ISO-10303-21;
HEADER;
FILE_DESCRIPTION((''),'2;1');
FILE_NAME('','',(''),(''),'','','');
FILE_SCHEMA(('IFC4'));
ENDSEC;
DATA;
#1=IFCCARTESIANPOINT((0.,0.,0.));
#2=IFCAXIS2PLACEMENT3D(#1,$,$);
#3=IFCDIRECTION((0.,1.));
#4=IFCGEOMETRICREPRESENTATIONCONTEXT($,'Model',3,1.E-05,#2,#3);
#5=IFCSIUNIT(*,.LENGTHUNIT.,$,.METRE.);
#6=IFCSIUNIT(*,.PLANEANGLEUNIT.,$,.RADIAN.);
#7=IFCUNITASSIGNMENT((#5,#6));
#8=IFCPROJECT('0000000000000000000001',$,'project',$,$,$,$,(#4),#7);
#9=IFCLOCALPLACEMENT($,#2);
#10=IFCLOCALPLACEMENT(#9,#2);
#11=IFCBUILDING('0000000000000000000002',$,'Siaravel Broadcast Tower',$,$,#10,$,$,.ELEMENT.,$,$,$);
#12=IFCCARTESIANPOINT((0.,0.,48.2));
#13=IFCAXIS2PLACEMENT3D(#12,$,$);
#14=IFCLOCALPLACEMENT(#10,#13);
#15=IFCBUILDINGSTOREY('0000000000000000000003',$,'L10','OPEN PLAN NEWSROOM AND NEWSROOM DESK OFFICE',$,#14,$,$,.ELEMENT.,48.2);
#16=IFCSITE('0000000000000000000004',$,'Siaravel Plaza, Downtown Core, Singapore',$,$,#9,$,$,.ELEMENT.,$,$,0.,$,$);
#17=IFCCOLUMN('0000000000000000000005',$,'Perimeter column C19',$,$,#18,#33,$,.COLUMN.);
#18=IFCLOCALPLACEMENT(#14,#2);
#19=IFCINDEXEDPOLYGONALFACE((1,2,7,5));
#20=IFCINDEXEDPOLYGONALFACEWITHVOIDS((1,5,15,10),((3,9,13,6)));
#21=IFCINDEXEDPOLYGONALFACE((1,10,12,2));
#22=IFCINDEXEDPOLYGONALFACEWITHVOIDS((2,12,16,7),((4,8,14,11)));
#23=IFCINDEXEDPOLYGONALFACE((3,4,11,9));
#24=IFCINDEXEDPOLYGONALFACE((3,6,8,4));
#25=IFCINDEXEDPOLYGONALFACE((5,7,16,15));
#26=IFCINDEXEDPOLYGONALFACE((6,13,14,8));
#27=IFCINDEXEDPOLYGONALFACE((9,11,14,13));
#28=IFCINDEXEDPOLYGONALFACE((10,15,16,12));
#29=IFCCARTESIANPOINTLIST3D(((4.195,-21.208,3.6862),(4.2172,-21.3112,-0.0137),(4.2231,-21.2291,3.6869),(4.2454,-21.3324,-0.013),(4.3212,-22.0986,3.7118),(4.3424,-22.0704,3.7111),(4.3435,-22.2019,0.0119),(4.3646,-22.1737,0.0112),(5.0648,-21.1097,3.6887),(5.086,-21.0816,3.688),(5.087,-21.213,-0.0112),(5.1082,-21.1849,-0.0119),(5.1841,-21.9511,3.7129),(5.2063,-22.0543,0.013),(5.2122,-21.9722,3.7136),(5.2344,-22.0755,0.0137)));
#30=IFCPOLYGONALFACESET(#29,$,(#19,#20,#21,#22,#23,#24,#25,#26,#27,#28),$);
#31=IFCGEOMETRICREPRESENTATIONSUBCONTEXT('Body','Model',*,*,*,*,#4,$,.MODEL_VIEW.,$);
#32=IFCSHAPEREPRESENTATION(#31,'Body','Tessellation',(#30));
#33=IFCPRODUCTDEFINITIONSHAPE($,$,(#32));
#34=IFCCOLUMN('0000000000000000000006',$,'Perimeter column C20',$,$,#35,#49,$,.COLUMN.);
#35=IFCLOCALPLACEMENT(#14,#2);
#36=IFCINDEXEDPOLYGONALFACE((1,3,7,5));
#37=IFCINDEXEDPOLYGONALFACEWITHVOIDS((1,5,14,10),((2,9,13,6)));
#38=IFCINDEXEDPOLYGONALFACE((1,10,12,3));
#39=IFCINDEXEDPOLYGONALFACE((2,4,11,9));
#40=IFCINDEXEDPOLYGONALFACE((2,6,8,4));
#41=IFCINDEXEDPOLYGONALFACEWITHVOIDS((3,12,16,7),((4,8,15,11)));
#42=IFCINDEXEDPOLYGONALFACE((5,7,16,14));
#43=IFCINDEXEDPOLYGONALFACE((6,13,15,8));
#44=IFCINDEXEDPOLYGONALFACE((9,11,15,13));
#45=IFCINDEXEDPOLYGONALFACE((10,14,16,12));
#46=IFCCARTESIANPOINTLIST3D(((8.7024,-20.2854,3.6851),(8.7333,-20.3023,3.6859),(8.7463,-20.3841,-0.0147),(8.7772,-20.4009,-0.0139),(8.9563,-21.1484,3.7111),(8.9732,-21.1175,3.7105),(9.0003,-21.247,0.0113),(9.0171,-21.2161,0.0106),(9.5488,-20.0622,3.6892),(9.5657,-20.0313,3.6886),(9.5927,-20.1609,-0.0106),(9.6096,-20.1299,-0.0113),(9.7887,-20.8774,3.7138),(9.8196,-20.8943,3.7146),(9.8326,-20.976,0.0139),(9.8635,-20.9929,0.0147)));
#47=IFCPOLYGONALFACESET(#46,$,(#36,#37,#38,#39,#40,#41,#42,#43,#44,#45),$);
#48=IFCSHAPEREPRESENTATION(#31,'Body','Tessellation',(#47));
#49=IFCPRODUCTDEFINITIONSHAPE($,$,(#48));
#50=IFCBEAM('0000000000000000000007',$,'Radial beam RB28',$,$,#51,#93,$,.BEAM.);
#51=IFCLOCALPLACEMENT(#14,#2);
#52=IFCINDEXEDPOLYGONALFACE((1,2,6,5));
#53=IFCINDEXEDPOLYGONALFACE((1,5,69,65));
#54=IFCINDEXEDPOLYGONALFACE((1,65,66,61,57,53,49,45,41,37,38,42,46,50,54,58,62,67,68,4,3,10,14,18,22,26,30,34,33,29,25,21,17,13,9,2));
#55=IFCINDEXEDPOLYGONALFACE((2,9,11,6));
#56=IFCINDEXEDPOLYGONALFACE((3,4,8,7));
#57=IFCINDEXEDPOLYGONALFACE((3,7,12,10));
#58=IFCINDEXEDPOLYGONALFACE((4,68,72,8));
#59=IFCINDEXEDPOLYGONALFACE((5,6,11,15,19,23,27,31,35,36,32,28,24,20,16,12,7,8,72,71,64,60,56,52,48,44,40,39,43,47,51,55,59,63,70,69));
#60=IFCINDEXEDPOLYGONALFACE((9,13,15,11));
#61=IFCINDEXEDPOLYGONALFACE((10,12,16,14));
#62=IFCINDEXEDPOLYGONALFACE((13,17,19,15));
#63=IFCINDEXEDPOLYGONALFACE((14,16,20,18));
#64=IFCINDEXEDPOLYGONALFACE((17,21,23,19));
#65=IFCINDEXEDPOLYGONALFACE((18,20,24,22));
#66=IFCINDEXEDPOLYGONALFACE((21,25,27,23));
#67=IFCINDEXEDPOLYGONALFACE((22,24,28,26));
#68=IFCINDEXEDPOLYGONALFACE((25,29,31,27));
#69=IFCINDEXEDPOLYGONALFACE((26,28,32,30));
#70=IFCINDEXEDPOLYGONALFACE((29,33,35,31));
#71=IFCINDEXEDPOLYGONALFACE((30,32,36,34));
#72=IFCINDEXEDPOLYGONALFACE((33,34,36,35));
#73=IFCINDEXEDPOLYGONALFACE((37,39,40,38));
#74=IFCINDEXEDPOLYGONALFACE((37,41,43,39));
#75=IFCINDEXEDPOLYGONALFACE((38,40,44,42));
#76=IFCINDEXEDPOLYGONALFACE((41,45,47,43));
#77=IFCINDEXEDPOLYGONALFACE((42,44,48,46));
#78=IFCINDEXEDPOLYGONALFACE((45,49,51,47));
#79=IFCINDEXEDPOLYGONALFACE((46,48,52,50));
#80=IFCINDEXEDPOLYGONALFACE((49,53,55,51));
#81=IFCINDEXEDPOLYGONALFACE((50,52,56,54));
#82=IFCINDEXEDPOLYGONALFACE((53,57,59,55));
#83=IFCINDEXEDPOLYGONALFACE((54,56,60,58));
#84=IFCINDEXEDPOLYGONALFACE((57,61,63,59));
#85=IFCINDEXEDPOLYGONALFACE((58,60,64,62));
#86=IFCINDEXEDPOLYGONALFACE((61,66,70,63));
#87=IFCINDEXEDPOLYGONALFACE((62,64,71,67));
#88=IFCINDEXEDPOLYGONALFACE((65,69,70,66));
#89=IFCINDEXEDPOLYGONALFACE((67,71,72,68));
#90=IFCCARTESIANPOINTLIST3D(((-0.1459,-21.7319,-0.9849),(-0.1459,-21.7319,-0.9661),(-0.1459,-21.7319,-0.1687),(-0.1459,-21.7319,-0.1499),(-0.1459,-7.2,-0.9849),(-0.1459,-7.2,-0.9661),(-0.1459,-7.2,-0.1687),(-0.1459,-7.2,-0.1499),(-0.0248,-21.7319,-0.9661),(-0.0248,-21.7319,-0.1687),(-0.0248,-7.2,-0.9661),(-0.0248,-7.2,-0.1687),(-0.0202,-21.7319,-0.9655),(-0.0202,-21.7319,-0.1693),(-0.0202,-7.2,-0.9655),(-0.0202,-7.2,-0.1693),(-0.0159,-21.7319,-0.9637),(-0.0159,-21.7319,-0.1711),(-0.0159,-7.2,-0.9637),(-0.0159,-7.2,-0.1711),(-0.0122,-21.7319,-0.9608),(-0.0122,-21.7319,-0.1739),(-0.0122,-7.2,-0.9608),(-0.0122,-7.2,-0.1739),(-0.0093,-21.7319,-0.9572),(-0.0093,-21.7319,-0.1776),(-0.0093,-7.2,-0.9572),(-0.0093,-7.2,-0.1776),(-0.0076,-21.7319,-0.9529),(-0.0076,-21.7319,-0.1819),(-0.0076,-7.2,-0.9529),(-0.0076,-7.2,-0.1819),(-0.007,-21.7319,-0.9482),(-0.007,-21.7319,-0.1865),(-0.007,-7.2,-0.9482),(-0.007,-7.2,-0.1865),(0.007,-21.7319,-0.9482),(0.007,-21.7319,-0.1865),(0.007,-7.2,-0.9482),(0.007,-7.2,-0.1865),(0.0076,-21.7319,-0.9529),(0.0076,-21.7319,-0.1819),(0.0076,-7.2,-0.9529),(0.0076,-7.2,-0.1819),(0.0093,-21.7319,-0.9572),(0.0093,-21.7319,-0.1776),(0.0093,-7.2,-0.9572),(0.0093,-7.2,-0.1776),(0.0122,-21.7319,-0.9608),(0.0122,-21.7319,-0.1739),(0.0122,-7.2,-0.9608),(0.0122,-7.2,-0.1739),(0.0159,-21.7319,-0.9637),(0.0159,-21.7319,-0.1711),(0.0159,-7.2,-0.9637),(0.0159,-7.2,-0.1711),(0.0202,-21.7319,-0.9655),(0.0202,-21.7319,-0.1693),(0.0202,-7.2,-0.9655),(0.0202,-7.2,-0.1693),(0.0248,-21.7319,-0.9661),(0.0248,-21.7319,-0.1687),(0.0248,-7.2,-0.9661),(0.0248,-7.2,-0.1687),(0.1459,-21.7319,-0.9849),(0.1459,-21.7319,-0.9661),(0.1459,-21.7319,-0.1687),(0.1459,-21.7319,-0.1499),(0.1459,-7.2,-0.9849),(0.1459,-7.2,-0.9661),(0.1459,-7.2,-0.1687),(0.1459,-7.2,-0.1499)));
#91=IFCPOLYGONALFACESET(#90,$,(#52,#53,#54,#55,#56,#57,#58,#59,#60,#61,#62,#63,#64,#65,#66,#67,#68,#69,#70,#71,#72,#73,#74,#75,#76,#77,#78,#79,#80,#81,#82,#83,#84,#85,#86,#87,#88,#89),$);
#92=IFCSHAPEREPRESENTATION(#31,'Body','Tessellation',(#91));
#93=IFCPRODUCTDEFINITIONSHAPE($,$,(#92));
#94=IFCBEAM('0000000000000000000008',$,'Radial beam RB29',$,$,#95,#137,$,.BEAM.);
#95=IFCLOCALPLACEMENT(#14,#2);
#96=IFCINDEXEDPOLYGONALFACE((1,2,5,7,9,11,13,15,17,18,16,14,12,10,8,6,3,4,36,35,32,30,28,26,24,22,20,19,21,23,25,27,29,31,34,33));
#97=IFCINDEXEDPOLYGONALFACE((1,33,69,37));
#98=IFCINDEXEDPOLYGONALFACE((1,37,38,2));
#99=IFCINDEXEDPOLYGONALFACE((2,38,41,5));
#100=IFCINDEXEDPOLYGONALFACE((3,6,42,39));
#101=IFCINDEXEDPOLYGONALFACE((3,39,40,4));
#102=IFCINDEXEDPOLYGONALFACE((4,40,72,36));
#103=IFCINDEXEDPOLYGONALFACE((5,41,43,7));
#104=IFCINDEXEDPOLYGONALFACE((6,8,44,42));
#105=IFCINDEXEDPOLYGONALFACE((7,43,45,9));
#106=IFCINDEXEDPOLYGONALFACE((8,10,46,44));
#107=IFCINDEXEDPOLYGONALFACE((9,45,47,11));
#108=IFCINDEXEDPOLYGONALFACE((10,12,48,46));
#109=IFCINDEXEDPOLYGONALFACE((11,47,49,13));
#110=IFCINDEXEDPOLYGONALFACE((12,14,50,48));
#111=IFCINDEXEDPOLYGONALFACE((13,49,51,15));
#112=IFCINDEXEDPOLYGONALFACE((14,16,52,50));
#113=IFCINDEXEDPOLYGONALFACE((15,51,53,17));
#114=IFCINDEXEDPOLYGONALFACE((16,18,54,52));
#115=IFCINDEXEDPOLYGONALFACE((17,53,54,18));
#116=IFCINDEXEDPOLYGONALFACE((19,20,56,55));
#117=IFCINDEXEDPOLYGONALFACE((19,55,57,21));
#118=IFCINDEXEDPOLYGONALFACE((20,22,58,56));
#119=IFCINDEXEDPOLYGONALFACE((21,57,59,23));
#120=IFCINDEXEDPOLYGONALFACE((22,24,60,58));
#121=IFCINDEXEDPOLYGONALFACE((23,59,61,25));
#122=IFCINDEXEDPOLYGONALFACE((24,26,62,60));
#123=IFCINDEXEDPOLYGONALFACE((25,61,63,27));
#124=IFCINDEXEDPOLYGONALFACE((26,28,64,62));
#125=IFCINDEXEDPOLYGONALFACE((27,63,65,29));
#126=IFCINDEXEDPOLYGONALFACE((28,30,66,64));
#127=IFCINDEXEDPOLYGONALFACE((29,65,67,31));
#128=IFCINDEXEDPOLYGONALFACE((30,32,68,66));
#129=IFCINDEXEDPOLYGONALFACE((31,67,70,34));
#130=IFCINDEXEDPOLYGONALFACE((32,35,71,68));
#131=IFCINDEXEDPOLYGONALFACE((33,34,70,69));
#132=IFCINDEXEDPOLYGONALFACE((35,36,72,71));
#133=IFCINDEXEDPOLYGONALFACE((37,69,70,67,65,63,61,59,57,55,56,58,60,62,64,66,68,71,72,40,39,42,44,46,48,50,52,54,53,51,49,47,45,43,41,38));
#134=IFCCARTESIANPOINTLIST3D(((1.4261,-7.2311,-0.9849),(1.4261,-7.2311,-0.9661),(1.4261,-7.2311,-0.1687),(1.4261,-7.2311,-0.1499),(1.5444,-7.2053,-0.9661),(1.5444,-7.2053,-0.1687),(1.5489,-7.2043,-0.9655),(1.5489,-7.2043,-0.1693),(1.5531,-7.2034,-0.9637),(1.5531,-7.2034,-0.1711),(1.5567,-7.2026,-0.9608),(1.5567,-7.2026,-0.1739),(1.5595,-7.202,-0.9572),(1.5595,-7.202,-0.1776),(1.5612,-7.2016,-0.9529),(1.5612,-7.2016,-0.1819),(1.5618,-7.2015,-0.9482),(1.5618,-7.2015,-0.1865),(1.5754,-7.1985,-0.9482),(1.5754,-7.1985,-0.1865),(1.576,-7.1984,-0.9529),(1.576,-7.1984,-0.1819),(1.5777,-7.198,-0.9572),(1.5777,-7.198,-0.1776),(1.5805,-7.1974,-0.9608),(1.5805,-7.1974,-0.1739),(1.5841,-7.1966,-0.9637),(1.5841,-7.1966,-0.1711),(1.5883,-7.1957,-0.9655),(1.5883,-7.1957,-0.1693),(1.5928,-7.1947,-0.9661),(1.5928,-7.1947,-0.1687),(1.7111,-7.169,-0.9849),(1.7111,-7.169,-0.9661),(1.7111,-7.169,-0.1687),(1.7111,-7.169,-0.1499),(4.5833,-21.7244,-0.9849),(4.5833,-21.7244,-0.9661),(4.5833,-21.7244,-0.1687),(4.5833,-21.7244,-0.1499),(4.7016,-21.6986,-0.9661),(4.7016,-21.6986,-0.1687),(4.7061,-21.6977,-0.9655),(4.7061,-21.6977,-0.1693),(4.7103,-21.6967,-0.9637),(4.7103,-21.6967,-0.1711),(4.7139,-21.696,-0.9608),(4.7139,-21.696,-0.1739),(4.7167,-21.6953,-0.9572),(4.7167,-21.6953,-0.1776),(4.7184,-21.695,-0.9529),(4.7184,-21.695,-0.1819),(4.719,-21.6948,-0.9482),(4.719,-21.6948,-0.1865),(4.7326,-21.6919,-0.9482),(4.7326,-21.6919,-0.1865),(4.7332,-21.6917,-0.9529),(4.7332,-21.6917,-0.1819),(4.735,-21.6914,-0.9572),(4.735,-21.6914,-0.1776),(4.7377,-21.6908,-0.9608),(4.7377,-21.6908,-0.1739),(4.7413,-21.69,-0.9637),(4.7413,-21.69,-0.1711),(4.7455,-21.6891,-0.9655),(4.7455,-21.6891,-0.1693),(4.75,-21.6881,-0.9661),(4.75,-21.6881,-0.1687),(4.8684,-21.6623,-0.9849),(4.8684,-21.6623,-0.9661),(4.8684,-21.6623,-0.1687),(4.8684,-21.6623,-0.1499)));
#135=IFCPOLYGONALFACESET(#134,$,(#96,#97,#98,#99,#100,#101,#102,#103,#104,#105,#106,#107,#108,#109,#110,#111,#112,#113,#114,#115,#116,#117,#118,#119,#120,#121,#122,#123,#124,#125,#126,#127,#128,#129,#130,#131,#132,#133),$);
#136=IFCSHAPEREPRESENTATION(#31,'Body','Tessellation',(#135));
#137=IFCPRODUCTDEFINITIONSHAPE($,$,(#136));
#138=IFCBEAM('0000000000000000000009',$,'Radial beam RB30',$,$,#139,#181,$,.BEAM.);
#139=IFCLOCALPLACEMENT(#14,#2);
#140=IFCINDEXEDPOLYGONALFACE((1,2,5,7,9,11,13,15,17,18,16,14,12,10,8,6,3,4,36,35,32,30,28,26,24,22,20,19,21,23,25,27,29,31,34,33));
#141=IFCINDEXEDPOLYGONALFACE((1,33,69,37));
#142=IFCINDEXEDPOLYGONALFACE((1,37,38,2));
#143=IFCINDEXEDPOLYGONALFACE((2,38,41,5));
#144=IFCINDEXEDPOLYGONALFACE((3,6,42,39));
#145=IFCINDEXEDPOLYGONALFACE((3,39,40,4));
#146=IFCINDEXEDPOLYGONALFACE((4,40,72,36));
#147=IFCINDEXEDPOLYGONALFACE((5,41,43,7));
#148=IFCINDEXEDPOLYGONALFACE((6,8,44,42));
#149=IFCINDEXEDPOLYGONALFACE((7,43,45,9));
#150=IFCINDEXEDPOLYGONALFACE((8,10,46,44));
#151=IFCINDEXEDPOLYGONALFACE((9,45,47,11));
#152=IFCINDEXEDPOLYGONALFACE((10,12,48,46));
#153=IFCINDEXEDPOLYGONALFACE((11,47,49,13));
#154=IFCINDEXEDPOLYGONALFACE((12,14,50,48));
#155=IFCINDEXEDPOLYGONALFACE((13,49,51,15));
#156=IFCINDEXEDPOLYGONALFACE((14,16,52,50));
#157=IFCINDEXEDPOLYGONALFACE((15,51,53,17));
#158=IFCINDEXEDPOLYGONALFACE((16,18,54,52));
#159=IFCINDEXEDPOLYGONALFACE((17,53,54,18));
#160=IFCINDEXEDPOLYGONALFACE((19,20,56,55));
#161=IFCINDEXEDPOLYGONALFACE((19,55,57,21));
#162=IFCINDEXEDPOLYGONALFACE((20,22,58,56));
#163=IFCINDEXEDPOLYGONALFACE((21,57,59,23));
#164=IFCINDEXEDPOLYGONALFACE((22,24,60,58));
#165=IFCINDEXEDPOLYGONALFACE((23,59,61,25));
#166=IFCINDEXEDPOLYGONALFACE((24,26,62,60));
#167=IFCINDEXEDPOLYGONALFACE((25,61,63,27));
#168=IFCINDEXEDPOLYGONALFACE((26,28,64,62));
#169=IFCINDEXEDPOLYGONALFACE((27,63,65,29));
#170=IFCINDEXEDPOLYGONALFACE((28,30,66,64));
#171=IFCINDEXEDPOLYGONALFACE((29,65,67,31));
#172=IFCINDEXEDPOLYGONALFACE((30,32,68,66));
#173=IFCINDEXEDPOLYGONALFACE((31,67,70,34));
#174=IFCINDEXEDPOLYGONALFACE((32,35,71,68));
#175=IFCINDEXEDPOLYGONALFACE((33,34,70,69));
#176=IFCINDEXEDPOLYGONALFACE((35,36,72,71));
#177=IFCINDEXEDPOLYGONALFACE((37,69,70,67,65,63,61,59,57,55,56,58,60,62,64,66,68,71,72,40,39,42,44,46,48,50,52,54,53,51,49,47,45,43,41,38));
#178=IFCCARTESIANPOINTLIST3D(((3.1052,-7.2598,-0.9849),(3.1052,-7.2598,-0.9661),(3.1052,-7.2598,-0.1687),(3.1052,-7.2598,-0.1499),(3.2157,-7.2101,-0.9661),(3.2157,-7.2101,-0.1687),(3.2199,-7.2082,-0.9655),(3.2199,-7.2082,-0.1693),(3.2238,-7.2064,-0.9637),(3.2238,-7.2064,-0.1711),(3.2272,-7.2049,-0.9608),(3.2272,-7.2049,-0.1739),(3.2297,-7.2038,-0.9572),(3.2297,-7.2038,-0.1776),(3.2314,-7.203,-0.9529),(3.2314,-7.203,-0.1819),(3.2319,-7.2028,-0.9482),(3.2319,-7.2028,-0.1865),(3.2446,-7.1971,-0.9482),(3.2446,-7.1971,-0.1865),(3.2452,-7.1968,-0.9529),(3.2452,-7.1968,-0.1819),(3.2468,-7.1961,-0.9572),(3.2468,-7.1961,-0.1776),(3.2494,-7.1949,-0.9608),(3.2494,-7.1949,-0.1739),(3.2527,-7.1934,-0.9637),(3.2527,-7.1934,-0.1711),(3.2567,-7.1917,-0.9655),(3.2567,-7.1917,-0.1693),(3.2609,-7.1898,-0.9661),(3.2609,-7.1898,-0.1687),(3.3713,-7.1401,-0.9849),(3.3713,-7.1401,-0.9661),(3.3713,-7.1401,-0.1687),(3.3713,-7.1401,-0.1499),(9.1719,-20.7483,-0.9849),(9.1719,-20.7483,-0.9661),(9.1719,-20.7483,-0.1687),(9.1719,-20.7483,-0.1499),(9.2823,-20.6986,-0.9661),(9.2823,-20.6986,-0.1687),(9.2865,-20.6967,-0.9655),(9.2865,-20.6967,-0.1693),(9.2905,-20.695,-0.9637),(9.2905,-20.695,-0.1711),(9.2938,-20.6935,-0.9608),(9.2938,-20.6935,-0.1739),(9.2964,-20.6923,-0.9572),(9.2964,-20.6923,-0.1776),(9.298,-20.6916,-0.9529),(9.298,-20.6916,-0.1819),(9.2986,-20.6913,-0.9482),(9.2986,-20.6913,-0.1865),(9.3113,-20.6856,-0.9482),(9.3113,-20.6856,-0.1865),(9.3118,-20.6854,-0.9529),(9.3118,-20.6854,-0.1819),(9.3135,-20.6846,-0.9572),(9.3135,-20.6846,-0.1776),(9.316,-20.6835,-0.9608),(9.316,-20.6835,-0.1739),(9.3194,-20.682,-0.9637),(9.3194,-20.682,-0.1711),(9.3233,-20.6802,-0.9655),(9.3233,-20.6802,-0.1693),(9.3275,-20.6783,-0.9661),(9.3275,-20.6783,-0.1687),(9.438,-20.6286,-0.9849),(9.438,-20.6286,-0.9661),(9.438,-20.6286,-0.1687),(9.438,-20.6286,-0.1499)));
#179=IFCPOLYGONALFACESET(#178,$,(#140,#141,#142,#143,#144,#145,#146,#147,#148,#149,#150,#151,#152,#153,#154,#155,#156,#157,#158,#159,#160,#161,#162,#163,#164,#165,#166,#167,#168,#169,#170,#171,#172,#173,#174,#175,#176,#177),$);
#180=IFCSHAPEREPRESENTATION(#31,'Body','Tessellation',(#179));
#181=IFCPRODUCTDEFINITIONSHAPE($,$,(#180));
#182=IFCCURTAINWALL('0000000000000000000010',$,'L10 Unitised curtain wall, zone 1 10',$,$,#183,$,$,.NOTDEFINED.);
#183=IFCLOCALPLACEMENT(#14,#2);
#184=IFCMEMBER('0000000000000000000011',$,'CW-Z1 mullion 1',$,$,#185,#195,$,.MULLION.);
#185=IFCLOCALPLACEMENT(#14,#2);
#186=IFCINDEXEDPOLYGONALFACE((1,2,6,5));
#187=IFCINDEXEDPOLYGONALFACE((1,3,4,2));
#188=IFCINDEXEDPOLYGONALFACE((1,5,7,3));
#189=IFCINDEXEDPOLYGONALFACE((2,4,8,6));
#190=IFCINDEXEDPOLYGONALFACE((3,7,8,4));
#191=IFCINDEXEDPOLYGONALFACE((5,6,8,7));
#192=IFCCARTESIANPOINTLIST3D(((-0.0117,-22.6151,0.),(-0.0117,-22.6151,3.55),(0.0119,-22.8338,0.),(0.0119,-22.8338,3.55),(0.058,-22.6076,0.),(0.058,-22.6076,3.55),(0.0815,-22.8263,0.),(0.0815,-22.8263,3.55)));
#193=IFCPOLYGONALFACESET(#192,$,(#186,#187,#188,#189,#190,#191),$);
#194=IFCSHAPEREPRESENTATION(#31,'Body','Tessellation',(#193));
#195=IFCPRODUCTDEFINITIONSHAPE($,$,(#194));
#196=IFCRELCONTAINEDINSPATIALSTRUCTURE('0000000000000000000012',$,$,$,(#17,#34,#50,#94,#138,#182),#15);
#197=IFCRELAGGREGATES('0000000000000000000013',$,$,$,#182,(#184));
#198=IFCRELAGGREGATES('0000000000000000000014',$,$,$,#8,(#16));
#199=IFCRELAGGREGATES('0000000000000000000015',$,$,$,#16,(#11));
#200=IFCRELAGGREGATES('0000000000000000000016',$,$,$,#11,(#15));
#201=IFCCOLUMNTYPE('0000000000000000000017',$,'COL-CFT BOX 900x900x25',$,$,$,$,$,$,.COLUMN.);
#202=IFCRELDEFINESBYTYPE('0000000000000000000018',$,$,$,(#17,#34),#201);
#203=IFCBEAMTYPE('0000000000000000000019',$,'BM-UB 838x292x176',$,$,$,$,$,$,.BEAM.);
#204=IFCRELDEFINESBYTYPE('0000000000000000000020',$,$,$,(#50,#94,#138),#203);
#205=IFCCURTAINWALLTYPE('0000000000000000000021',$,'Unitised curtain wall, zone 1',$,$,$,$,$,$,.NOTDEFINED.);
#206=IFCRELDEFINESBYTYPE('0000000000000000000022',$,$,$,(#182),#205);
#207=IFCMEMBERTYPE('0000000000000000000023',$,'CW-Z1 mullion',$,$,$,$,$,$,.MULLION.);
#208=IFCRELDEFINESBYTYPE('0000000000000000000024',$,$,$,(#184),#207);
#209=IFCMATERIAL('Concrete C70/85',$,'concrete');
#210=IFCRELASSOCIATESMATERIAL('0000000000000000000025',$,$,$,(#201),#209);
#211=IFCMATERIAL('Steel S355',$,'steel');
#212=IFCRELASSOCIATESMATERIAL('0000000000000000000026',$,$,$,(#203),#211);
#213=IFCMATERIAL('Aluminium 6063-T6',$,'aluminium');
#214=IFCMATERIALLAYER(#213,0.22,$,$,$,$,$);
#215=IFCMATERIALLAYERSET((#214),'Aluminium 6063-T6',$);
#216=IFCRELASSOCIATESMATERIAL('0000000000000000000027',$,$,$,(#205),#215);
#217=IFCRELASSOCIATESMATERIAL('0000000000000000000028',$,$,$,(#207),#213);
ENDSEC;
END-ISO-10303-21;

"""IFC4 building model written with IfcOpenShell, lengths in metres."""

from ifc_helpers import new_model, si_unit, direction, frame, origin, origin_2d, place, context, subcontext, project, spatial, rectangle, hollow_rectangle, i_section, extrude, material, layer, layer_set, material_profile, profile_set, type_object, element, aggregate, save


model = new_model("IFC4")

# Units and contexts
model_context = context("Model", 3, precision=1e-05, world=origin(), true_north=direction((0.0, 1.0)))
body_context = subcontext(model_context, "Body", "Model", "MODEL_VIEW")
ifc_project = project(units=[si_unit("LENGTHUNIT", "METRE"), si_unit("PLANEANGLEUNIT", "RADIAN")], contexts=[model_context])

# Site, building, storey
site_placement = place(None, origin())
site = spatial("IfcSite", under=ifc_project, at=site_placement, Name="Siaravel Plaza, Downtown Core, Singapore", CompositionType="ELEMENT", RefElevation=0.0)
building_placement = place(site_placement, origin())
building = spatial("IfcBuilding", under=site, at=building_placement, Name="Siaravel Broadcast Tower", CompositionType="ELEMENT")
storey_placement = place(building_placement, frame((0.0, 0.0, 48.2)))
storey = spatial("IfcBuildingStorey", under=building, at=storey_placement, Name="L10", Description="OPEN PLAN NEWSROOM AND NEWSROOM DESK OFFICE", CompositionType="ELEMENT", Elevation=48.2)

# Columns
ifc_material_1 = material(Name="Concrete C70/85", Category="concrete")
ifc_material_profile_1 = material_profile(ifc_material_1, hollow_rectangle(XDim=0.8999, YDim=0.8999, WallThickness=0.0249, at=origin_2d()))
ifc_profile_set_1 = profile_set([ifc_material_profile_1], Name="Concrete C70/85")
column_type = type_object("IfcColumnType", Name="COL-CFT BOX 900x900x25", PredefinedType="COLUMN", material=ifc_profile_set_1)
for number, where, z_axis, x_axis, name in (
    (1, (4.7258, -21.6934, 0.0), (-0.006002, 0.0279, 0.999593), (-0.990091, -0.140411, -0.002026), "Perimeter column C19"),
    (2, (9.3049, -20.6885, 0.0), (-0.011872, 0.026647, 0.999574), (-0.959291, -0.282395, -0.003866), "Perimeter column C20"),
):
    element("IfcColumn", number, at=place(storey_placement, frame(where, z_axis=z_axis, x_axis=x_axis)), inside=storey, type_object=column_type, Name=name, PredefinedType="COLUMN", context=body_context, shape_type="SweptSolid", body=[
        extrude(hollow_rectangle(XDim=0.8999, YDim=0.8999, WallThickness=0.0249, at=origin_2d()), origin(), (0.0, 0.0, 1.0), 3.7014),
    ])

# Beams
ifc_material_2 = material(Name="Steel S355", Category="steel")
ifc_material_profile_2 = material_profile(ifc_material_2, i_section(OverallWidth=0.2917, OverallDepth=0.835, WebThickness=0.0139, FlangeThickness=0.0188, FilletRadius=0.0178, at=origin_2d()))
ifc_profile_set_2 = profile_set([ifc_material_profile_2], Name="Steel S355")
beam_type = type_object("IfcBeamType", Name="BM-UB 838x292x176", PredefinedType="BEAM", material=ifc_profile_set_2)
beam_1_placement = place(storey_placement, frame((0.0, -21.7319, -0.5674), z_axis=(0.0, 1.0, 0.0), x_axis=(-1.0, 0.0, 0.0)))
element("IfcBeam", 3, at=beam_1_placement, inside=storey, type_object=beam_type, Name="Radial beam RB28", PredefinedType="BEAM", context=body_context, shape_type="SweptSolid", body=[
    extrude(i_section(OverallWidth=0.2917, OverallDepth=0.835, WebThickness=0.0139, FlangeThickness=0.0188, FilletRadius=0.0178, at=origin_2d()), origin(), (0.0, 0.0, 1.0), 14.532),
])
beam_2_placement = place(storey_placement, frame((4.7258, -21.6934, -0.5674), z_axis=(-0.212847, 0.977086, 0.0), x_axis=(-0.977086, -0.212847, 0.0)))
element("IfcBeam", 4, at=beam_2_placement, inside=storey, type_object=beam_type, Name="Radial beam RB29", PredefinedType="BEAM", context=body_context, shape_type="SweptSolid", body=[
    extrude(i_section(OverallWidth=0.2917, OverallDepth=0.835, WebThickness=0.0139, FlangeThickness=0.0188, FilletRadius=0.0178, at=origin_2d()), origin(), (0.0, 0.0, 1.0), 14.8333),
])
beam_3_placement = place(storey_placement, frame((9.3049, -20.6885, -0.5674), z_axis=(-0.410186, 0.912002, 0.0), x_axis=(-0.912002, -0.410186, 0.0)))
element("IfcBeam", 5, at=beam_3_placement, inside=storey, type_object=beam_type, Name="Radial beam RB30", PredefinedType="BEAM", context=body_context, shape_type="SweptSolid", body=[
    extrude(i_section(OverallWidth=0.2917, OverallDepth=0.835, WebThickness=0.0139, FlangeThickness=0.0188, FilletRadius=0.0178, at=origin_2d()), origin(), (0.0, 0.0, 1.0), 14.79),
])

# Curtain wall, member
ifc_material_3 = material(Name="Aluminium 6063-T6", Category="aluminium")
ifc_layer_1 = layer(ifc_material_3, 0.22)
ifc_layer_set_1 = layer_set([ifc_layer_1], Name="Aluminium 6063-T6")
curtain_wall_type = type_object("IfcCurtainWallType", Name="Unitised curtain wall, zone 1", PredefinedType="NOTDEFINED", material=ifc_layer_set_1)
curtain_wall_placement = place(storey_placement, origin())
curtain_wall = element("IfcCurtainWall", 6, at=curtain_wall_placement, inside=storey, type_object=curtain_wall_type, Name="L10 Unitised curtain wall, zone 1 10", PredefinedType="NOTDEFINED")
ifc_material_profile_3 = material_profile(ifc_material_3, rectangle(XDim=0.22, YDim=0.0701, at=origin_2d()))
ifc_profile_set_3 = profile_set([ifc_material_profile_3], Name="Aluminium 6063-T6")
member_type_1 = type_object("IfcMemberType", Name="CW-Z1 mullion", PredefinedType="MULLION", material=ifc_profile_set_3)
member_1_placement = place(storey_placement, frame((0.0349, -22.7207, 0.0), z_axis=(0.0, 0.0, 1.0), x_axis=(-0.107218, 0.994236, 0.0)))
member_1 = element("IfcMember", 7, at=member_1_placement, type_object=member_type_1, Name="CW-Z1 mullion 1", PredefinedType="MULLION", context=body_context, shape_type="SweptSolid", body=[
    extrude(rectangle(XDim=0.22, YDim=0.0701, at=origin_2d()), origin(), (0.0, 0.0, 1.0), 3.55),
])

aggregate(curtain_wall, [member_1])

save(model, "model.ifc")
